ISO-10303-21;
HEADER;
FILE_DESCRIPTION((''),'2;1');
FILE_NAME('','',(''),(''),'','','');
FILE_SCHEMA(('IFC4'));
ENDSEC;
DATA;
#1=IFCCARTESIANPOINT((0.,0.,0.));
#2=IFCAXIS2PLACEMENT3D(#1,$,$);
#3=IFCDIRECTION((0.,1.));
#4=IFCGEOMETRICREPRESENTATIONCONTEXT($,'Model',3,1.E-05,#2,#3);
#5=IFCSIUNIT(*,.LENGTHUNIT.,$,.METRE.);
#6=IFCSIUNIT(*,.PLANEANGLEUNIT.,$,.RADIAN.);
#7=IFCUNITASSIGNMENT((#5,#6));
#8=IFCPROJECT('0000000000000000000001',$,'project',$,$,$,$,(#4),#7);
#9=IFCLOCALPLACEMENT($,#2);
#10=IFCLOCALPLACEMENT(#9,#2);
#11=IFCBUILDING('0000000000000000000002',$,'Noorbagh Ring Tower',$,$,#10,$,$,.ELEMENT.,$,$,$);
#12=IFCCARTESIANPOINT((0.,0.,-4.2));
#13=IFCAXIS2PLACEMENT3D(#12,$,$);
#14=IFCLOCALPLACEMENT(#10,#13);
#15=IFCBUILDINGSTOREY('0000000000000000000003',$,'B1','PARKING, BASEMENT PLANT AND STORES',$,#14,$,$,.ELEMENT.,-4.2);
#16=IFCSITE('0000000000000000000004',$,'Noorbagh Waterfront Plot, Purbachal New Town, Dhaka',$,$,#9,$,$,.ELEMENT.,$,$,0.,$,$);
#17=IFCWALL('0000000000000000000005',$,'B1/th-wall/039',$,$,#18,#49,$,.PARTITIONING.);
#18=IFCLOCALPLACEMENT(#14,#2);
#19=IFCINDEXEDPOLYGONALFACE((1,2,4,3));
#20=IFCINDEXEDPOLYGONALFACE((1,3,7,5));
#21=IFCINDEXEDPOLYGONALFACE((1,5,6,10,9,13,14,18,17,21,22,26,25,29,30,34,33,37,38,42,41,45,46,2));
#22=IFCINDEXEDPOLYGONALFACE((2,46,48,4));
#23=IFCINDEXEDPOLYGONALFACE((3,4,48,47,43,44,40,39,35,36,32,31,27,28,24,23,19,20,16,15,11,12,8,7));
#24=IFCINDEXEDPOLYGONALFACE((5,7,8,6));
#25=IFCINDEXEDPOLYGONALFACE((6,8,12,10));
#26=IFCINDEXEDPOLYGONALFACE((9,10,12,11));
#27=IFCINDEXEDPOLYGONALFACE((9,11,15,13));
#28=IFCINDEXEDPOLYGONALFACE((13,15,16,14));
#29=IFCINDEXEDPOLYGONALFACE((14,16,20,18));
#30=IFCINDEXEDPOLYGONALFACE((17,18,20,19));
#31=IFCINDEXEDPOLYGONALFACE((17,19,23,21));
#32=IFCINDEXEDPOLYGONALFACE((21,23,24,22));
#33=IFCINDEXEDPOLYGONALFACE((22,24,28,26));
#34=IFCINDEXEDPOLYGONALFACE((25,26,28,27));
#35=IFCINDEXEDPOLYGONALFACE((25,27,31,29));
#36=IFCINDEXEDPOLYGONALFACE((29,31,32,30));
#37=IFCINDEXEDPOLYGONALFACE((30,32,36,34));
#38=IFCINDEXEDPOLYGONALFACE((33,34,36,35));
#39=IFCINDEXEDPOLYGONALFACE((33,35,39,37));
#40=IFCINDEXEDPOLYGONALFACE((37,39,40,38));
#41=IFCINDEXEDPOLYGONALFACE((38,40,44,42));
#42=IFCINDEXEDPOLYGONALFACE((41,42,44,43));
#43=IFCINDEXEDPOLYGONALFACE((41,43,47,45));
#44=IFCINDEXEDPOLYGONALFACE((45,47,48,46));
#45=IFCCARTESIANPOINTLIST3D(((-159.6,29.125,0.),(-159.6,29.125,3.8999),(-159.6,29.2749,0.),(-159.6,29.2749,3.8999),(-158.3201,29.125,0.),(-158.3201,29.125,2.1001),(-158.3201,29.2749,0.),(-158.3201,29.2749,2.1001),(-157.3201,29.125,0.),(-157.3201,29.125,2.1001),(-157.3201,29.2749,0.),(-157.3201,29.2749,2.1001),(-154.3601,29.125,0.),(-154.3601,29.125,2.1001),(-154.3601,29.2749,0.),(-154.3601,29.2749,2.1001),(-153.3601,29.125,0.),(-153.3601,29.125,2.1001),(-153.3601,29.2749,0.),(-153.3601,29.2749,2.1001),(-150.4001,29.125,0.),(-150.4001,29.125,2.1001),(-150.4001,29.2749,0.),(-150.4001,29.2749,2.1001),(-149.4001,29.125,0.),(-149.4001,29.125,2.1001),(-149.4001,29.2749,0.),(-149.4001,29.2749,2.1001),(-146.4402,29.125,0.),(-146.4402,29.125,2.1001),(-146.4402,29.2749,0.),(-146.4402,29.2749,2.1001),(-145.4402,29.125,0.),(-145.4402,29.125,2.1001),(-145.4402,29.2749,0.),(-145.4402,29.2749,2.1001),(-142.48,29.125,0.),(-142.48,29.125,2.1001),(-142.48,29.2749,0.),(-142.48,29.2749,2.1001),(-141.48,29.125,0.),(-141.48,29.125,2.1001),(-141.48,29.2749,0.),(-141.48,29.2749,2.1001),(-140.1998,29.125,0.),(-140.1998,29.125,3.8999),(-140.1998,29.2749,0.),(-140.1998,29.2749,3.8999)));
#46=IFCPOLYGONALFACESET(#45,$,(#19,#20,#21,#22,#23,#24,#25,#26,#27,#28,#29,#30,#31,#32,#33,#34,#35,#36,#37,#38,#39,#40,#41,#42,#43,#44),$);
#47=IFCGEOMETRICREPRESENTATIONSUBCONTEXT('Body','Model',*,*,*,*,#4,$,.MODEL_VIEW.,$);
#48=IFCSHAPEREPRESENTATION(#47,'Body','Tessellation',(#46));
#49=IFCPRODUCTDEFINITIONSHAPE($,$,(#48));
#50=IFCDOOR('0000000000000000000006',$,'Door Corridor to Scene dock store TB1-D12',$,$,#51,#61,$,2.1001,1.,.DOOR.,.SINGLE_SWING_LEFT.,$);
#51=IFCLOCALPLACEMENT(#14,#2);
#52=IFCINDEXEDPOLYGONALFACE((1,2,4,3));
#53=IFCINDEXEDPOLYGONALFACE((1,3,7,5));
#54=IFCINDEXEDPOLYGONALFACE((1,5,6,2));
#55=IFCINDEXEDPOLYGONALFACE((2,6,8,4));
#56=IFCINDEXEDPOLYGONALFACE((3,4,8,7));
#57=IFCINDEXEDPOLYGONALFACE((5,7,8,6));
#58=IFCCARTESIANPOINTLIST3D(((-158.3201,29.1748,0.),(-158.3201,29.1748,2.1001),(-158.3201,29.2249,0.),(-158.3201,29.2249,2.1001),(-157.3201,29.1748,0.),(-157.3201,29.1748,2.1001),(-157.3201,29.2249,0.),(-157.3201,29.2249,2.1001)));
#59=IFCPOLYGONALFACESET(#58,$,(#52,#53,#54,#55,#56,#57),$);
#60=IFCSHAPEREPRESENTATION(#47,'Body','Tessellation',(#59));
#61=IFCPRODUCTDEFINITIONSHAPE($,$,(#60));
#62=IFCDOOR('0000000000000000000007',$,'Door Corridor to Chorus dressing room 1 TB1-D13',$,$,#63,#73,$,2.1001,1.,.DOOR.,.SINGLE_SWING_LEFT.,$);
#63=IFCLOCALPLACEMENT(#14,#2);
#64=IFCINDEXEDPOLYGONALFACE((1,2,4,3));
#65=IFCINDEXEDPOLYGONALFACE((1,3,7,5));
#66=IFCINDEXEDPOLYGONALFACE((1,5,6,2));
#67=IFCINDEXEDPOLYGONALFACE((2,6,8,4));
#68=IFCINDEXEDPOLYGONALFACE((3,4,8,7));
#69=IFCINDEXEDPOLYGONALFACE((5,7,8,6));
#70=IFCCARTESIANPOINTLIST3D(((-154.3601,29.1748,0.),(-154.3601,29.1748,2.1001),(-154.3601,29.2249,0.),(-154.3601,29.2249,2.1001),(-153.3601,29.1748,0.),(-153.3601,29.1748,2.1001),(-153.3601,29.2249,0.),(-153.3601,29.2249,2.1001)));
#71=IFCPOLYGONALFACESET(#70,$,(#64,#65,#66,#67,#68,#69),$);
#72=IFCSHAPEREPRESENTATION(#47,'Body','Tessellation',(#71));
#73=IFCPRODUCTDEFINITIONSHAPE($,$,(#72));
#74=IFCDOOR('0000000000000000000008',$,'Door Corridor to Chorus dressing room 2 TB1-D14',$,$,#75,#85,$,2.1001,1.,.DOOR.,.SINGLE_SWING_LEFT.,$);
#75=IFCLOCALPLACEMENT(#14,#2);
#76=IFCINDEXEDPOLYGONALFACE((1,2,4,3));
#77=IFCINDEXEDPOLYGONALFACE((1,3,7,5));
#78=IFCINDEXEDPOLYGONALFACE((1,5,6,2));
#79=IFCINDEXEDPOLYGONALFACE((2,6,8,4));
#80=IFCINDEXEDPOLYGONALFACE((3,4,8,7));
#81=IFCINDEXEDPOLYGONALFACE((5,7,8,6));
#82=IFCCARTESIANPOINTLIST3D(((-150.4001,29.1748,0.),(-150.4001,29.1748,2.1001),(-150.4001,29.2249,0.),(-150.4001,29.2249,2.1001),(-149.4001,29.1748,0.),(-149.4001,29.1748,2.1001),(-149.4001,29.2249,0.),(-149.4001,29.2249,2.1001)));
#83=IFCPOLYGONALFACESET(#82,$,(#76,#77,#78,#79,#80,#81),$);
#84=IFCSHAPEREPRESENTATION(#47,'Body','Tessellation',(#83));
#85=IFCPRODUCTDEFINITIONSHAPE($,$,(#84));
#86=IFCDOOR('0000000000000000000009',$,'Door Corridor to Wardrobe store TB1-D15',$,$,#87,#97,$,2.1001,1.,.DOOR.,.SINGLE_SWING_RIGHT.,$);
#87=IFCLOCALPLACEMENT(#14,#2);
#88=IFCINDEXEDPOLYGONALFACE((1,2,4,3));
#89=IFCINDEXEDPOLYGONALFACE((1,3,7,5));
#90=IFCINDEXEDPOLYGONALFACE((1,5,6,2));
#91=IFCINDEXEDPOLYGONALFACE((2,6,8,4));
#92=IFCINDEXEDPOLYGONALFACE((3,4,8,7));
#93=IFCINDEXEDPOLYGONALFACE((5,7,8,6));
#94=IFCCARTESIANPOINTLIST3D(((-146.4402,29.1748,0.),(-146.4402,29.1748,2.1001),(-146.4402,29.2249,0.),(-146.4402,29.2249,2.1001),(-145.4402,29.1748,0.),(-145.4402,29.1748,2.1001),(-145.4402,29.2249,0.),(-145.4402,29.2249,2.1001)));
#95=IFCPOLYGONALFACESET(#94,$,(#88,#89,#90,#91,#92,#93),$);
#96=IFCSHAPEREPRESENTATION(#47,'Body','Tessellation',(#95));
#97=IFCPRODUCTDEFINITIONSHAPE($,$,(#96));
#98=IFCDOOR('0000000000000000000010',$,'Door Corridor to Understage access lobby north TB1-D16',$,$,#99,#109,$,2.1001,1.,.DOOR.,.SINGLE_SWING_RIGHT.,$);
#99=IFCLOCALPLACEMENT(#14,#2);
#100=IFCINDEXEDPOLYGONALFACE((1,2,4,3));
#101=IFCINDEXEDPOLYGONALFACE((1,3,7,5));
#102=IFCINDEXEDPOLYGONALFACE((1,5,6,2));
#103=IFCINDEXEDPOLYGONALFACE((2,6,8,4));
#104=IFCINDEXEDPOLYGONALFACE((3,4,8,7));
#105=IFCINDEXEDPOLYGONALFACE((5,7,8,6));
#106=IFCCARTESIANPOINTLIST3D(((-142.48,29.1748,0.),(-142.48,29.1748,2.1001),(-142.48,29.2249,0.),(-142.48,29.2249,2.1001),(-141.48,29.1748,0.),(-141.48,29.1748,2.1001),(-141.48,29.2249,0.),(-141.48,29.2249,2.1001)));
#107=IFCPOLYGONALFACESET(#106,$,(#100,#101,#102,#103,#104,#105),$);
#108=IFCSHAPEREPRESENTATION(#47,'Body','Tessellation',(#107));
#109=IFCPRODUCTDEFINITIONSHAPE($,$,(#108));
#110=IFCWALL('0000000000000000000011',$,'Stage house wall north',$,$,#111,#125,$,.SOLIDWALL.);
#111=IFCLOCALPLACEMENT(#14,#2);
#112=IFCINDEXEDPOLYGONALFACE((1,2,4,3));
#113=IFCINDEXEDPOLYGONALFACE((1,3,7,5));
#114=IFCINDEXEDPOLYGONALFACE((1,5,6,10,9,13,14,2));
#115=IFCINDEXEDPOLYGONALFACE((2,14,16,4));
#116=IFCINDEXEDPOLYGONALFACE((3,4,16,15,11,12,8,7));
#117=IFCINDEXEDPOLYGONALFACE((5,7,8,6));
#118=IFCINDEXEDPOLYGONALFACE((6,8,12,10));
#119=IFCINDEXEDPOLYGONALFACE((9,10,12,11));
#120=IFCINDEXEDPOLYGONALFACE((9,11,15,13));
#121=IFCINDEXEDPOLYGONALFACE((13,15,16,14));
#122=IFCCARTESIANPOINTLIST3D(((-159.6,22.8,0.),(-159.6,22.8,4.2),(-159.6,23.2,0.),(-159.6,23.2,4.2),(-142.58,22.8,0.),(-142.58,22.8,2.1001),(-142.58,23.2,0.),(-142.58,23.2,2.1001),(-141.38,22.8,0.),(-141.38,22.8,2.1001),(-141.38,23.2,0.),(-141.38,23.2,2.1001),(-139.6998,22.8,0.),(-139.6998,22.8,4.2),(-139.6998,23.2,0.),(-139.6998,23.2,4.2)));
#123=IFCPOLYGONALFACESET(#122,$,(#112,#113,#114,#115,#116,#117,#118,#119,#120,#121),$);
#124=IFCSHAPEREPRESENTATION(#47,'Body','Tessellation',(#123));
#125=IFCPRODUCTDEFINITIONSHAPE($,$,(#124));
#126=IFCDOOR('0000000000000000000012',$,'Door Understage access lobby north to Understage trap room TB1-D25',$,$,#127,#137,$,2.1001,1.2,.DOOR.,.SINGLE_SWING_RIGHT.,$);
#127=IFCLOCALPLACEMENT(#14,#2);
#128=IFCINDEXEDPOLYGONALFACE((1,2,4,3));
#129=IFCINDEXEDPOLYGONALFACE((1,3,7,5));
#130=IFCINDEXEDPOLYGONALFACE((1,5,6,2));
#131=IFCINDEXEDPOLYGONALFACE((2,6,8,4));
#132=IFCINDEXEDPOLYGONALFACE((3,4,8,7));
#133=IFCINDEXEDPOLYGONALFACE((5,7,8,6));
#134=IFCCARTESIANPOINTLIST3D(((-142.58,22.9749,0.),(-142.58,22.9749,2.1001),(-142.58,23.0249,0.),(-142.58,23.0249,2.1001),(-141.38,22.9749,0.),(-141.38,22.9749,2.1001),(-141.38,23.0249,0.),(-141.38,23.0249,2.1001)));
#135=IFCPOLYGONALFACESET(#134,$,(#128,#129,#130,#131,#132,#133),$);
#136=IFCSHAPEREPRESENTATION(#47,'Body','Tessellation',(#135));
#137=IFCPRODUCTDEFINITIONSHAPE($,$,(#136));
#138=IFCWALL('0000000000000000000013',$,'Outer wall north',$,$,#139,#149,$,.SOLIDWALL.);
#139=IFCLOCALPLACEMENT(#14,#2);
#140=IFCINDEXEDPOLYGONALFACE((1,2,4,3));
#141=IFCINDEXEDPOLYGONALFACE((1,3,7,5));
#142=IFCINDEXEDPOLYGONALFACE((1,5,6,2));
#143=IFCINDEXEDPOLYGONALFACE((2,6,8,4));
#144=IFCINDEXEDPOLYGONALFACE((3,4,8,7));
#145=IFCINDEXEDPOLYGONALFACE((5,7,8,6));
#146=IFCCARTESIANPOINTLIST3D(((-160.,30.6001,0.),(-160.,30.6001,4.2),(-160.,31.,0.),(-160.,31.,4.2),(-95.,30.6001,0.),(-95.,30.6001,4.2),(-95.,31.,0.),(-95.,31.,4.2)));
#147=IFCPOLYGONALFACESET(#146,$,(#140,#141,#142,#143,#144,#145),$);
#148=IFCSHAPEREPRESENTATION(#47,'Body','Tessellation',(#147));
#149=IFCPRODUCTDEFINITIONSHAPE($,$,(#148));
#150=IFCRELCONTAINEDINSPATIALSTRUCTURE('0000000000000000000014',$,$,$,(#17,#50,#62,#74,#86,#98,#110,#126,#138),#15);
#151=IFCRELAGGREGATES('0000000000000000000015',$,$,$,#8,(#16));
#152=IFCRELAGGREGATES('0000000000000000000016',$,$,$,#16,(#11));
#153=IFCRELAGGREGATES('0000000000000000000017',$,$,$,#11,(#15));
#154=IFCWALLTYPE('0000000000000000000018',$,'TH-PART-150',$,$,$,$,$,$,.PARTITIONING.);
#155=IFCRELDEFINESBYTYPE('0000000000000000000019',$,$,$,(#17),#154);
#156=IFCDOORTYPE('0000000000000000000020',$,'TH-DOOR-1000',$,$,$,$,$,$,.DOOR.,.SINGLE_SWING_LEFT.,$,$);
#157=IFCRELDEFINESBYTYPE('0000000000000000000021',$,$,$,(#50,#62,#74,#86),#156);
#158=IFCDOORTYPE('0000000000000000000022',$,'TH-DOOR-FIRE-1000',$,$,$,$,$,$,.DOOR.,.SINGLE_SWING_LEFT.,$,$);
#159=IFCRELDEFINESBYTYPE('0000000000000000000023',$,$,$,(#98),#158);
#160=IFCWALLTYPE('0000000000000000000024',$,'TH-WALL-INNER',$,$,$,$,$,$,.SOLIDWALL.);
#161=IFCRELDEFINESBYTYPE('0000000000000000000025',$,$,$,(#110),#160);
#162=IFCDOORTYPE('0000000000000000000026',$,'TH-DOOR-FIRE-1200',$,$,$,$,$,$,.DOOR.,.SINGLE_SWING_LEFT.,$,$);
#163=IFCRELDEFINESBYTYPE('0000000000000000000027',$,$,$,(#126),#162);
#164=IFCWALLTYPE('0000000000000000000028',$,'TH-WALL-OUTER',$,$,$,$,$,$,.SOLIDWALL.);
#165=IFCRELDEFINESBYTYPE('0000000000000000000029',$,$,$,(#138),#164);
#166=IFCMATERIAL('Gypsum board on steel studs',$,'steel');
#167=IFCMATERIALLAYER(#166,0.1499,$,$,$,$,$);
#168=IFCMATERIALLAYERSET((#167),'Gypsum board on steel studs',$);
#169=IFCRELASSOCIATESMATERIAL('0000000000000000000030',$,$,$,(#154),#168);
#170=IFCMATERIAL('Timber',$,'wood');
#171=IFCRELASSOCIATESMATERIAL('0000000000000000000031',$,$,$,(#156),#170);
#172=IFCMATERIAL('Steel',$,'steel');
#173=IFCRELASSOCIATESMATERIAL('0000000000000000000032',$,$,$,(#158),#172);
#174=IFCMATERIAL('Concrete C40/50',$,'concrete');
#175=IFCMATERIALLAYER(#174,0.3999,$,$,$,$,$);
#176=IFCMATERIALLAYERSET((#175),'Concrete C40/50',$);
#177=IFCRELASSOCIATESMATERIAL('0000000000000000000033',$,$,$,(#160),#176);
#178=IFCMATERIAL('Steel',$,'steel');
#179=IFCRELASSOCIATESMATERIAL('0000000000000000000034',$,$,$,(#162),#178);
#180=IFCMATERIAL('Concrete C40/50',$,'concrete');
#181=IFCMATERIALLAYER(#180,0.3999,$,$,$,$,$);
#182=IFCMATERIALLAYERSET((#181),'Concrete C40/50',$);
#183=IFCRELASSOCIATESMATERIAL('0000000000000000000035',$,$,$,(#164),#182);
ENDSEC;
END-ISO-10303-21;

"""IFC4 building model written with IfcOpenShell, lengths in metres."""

from ifc_helpers import new_model, si_unit, direction, frame, frame_2d, origin, place, context, subcontext, project, spatial, rectangle, extrude, material, layer, layer_set, type_object, element, fill, save


model = new_model("IFC4")

# Units and contexts
model_context = context("Model", 3, precision=1e-05, world=origin(), true_north=direction((0.0, 1.0)))
body_context = subcontext(model_context, "Body", "Model", "MODEL_VIEW")
ifc_project = project(units=[si_unit("LENGTHUNIT", "METRE"), si_unit("PLANEANGLEUNIT", "RADIAN")], contexts=[model_context])

# Site, building, storey
site_placement = place(None, origin())
site = spatial("IfcSite", under=ifc_project, at=site_placement, Name="Noorbagh Waterfront Plot, Purbachal New Town, Dhaka", CompositionType="ELEMENT", RefElevation=0.0)
building_placement = place(site_placement, origin())
building = spatial("IfcBuilding", under=site, at=building_placement, Name="Noorbagh Ring Tower", CompositionType="ELEMENT")
storey_placement = place(building_placement, frame((0.0, 0.0, -4.2)))
storey = spatial("IfcBuildingStorey", under=building, at=storey_placement, Name="B1", Description="PARKING, BASEMENT PLANT AND STORES", CompositionType="ELEMENT", Elevation=-4.2)

# Wall, openings, doors
ifc_material_1 = material(Name="Gypsum board on steel studs", Category="steel")
ifc_layer_1 = layer(ifc_material_1, 0.1499)
ifc_layer_set_1 = layer_set([ifc_layer_1], Name="Gypsum board on steel studs")
wall_type_1 = type_object("IfcWallType", Name="TH-PART-150", PredefinedType="PARTITIONING", material=ifc_layer_set_1)
wall_1_placement = place(storey_placement, frame((-159.6001, 29.2, 0.0), z_axis=(0.0, 0.0, 1.0), x_axis=(1.0, 0.0, 0.0)))
wall_1 = element("IfcWall", 1, at=wall_1_placement, inside=storey, type_object=wall_type_1, Name="B1/th-wall/039", PredefinedType="PARTITIONING", context=body_context, shape_type="SweptSolid", body=[
    extrude(rectangle(XDim=19.4001, YDim=0.1499, at=frame_2d((9.7002, 0.0))), origin(), (0.0, 0.0, 1.0), 3.8999),
])
opening_1_placement = place(wall_1_placement, frame((1.28, 0.0, 0.0)))
opening_1 = element("IfcOpeningElement", 2, at=opening_1_placement, cuts=wall_1, PredefinedType="OPENING", context=body_context, shape_type="SweptSolid", body=[
    extrude(rectangle(XDim=1.0, YDim=2.1001, at=frame_2d((0.5, 1.05))), frame((0.0, 0.085, 0.0), z_axis=(0.0, -1.0, 0.0), x_axis=(1.0, 0.0, 0.0)), (0.0, 0.0, 1.0), 0.1699),
])
opening_2_placement = place(wall_1_placement, frame((5.24, 0.0, 0.0)))
opening_2 = element("IfcOpeningElement", 3, at=opening_2_placement, cuts=wall_1, PredefinedType="OPENING", context=body_context, shape_type="SweptSolid", body=[
    extrude(rectangle(XDim=1.0, YDim=2.1001, at=frame_2d((0.5, 1.05))), frame((0.0, 0.085, 0.0), z_axis=(0.0, -1.0, 0.0), x_axis=(1.0, 0.0, 0.0)), (0.0, 0.0, 1.0), 0.1699),
])
opening_3_placement = place(wall_1_placement, frame((9.2, 0.0, 0.0)))
opening_3 = element("IfcOpeningElement", 4, at=opening_3_placement, cuts=wall_1, PredefinedType="OPENING", context=body_context, shape_type="SweptSolid", body=[
    extrude(rectangle(XDim=1.0, YDim=2.1001, at=frame_2d((0.5, 1.05))), frame((0.0, 0.085, 0.0), z_axis=(0.0, -1.0, 0.0), x_axis=(1.0, 0.0, 0.0)), (0.0, 0.0, 1.0), 0.1699),
])
opening_4_placement = place(wall_1_placement, frame((13.1599, 0.0, 0.0)))
opening_4 = element("IfcOpeningElement", 5, at=opening_4_placement, cuts=wall_1, PredefinedType="OPENING", context=body_context, shape_type="SweptSolid", body=[
    extrude(rectangle(XDim=1.0, YDim=2.1001, at=frame_2d((0.5, 1.05))), frame((0.0, 0.085, 0.0), z_axis=(0.0, -1.0, 0.0), x_axis=(1.0, 0.0, 0.0)), (0.0, 0.0, 1.0), 0.1699),
])
opening_5_placement = place(wall_1_placement, frame((17.1201, 0.0, 0.0)))
opening_5 = element("IfcOpeningElement", 6, at=opening_5_placement, cuts=wall_1, PredefinedType="OPENING", context=body_context, shape_type="SweptSolid", body=[
    extrude(rectangle(XDim=1.0, YDim=2.1001, at=frame_2d((0.5, 1.05))), frame((0.0, 0.085, 0.0), z_axis=(0.0, -1.0, 0.0), x_axis=(1.0, 0.0, 0.0)), (0.0, 0.0, 1.0), 0.1699),
])
ifc_material_2 = material(Name="Timber", Category="wood")
door_type_1 = type_object("IfcDoorType", Name="TH-DOOR-1000", OperationType="SINGLE_SWING_LEFT", PredefinedType="DOOR", material=ifc_material_2)
door_1_placement = place(opening_1_placement, origin())
door_1 = element("IfcDoor", 7, at=door_1_placement, inside=storey, type_object=door_type_1, Name="Door Corridor to Scene dock store TB1-D12", OperationType="SINGLE_SWING_LEFT", OverallHeight=2.1001, OverallWidth=1.0, PredefinedType="DOOR", context=body_context, shape_type="SweptSolid", body=[
    extrude(rectangle(XDim=1.0, YDim=2.1001, at=frame_2d((0.5, 1.05))), frame((0.0, 0.0249, 0.0), z_axis=(0.0, -1.0, 0.0), x_axis=(1.0, 0.0, 0.0)), (0.0, 0.0, 1.0), 0.05),
])
fill(opening_1, door_1)
door_2_placement = place(opening_2_placement, origin())
door_2 = element("IfcDoor", 8, at=door_2_placement, inside=storey, type_object=door_type_1, Name="Door Corridor to Chorus dressing room 1 TB1-D13", OperationType="SINGLE_SWING_LEFT", OverallHeight=2.1001, OverallWidth=1.0, PredefinedType="DOOR", context=body_context, shape_type="SweptSolid", body=[
    extrude(rectangle(XDim=1.0, YDim=2.1001, at=frame_2d((0.5, 1.05))), frame((0.0, 0.0249, 0.0), z_axis=(0.0, -1.0, 0.0), x_axis=(1.0, 0.0, 0.0)), (0.0, 0.0, 1.0), 0.05),
])
fill(opening_2, door_2)
door_3_placement = place(opening_3_placement, origin())
door_3 = element("IfcDoor", 9, at=door_3_placement, inside=storey, type_object=door_type_1, Name="Door Corridor to Chorus dressing room 2 TB1-D14", OperationType="SINGLE_SWING_LEFT", OverallHeight=2.1001, OverallWidth=1.0, PredefinedType="DOOR", context=body_context, shape_type="SweptSolid", body=[
    extrude(rectangle(XDim=1.0, YDim=2.1001, at=frame_2d((0.5, 1.05))), frame((0.0, 0.0249, 0.0), z_axis=(0.0, -1.0, 0.0), x_axis=(1.0, 0.0, 0.0)), (0.0, 0.0, 1.0), 0.05),
])
fill(opening_3, door_3)
door_4_placement = place(opening_4_placement, origin())
door_4 = element("IfcDoor", 10, at=door_4_placement, inside=storey, type_object=door_type_1, Name="Door Corridor to Wardrobe store TB1-D15", OperationType="SINGLE_SWING_RIGHT", OverallHeight=2.1001, OverallWidth=1.0, PredefinedType="DOOR", context=body_context, shape_type="SweptSolid", body=[
    extrude(rectangle(XDim=1.0, YDim=2.1001, at=frame_2d((0.5, 1.05))), frame((0.0, 0.0249, 0.0), z_axis=(0.0, -1.0, 0.0), x_axis=(1.0, 0.0, 0.0)), (0.0, 0.0, 1.0), 0.05),
])
fill(opening_4, door_4)
ifc_material_3 = material(Name="Steel", Category="steel")
door_type_2 = type_object("IfcDoorType", Name="TH-DOOR-FIRE-1000", OperationType="SINGLE_SWING_LEFT", PredefinedType="DOOR", material=ifc_material_3)
door_5_placement = place(opening_5_placement, origin())
door_5 = element("IfcDoor", 11, at=door_5_placement, inside=storey, type_object=door_type_2, Name="Door Corridor to Understage access lobby north TB1-D16", OperationType="SINGLE_SWING_RIGHT", OverallHeight=2.1001, OverallWidth=1.0, PredefinedType="DOOR", context=body_context, shape_type="SweptSolid", body=[
    extrude(rectangle(XDim=1.0, YDim=2.1001, at=frame_2d((0.5, 1.05))), frame((0.0, 0.0249, 0.0), z_axis=(0.0, -1.0, 0.0), x_axis=(1.0, 0.0, 0.0)), (0.0, 0.0, 1.0), 0.05),
])
fill(opening_5, door_5)

# Wall, opening, door
ifc_material_4 = material(Name="Concrete C40/50", Category="concrete")
ifc_layer_2 = layer(ifc_material_4, 0.3999)
ifc_layer_set_2 = layer_set([ifc_layer_2], Name="Concrete C40/50")
wall_type_2 = type_object("IfcWallType", Name="TH-WALL-INNER", PredefinedType="SOLIDWALL", material=ifc_layer_set_2)
wall_2_placement = place(storey_placement, frame((-159.6001, 23.0, 0.0), z_axis=(0.0, 0.0, 1.0), x_axis=(1.0, 0.0, 0.0)))
wall_2 = element("IfcWall", 12, at=wall_2_placement, inside=storey, type_object=wall_type_2, Name="Stage house wall north", PredefinedType="SOLIDWALL", context=body_context, shape_type="SweptSolid", body=[
    extrude(rectangle(XDim=19.9001, YDim=0.3999, at=frame_2d((9.9502, 0.0))), origin(), (0.0, 0.0, 1.0), 4.2),
])
opening_6_placement = place(wall_2_placement, frame((17.02, 0.0, 0.0)))
opening_6 = element("IfcOpeningElement", 13, at=opening_6_placement, cuts=wall_2, PredefinedType="OPENING", context=body_context, shape_type="SweptSolid", body=[
    extrude(rectangle(XDim=1.2, YDim=2.1001, at=frame_2d((0.6001, 1.05))), frame((0.0, 0.21, 0.0), z_axis=(0.0, -1.0, 0.0), x_axis=(1.0, 0.0, 0.0)), (0.0, 0.0, 1.0), 0.4199),
])
ifc_material_5 = material(Name="Steel", Category="steel")
door_type_3 = type_object("IfcDoorType", Name="TH-DOOR-FIRE-1200", OperationType="SINGLE_SWING_LEFT", PredefinedType="DOOR", material=ifc_material_5)
door_6_placement = place(opening_6_placement, origin())
door_6 = element("IfcDoor", 14, at=door_6_placement, inside=storey, type_object=door_type_3, Name="Door Understage access lobby north to Understage trap room TB1-D25", OperationType="SINGLE_SWING_RIGHT", OverallHeight=2.1001, OverallWidth=1.2, PredefinedType="DOOR", context=body_context, shape_type="SweptSolid", body=[
    extrude(rectangle(XDim=1.2, YDim=2.1001, at=frame_2d((0.6001, 1.05))), frame((0.0, 0.0249, 0.0), z_axis=(0.0, -1.0, 0.0), x_axis=(1.0, 0.0, 0.0)), (0.0, 0.0, 1.0), 0.05),
])
fill(opening_6, door_6)

# Wall
ifc_material_6 = material(Name="Concrete C40/50", Category="concrete")
ifc_layer_3 = layer(ifc_material_6, 0.3999)
ifc_layer_set_3 = layer_set([ifc_layer_3], Name="Concrete C40/50")
wall_type_3 = type_object("IfcWallType", Name="TH-WALL-OUTER", PredefinedType="SOLIDWALL", material=ifc_layer_set_3)
wall_3_placement = place(storey_placement, frame((-160.0, 30.8, 0.0), z_axis=(0.0, 0.0, 1.0), x_axis=(1.0, 0.0, 0.0)))
element("IfcWall", 15, at=wall_3_placement, inside=storey, type_object=wall_type_3, Name="Outer wall north", PredefinedType="SOLIDWALL", context=body_context, shape_type="SweptSolid", body=[
    extrude(rectangle(XDim=65.0, YDim=0.3999, at=frame_2d((32.5, 0.0))), origin(), (0.0, 0.0, 1.0), 4.2),
])

save(model, "model.ifc")
